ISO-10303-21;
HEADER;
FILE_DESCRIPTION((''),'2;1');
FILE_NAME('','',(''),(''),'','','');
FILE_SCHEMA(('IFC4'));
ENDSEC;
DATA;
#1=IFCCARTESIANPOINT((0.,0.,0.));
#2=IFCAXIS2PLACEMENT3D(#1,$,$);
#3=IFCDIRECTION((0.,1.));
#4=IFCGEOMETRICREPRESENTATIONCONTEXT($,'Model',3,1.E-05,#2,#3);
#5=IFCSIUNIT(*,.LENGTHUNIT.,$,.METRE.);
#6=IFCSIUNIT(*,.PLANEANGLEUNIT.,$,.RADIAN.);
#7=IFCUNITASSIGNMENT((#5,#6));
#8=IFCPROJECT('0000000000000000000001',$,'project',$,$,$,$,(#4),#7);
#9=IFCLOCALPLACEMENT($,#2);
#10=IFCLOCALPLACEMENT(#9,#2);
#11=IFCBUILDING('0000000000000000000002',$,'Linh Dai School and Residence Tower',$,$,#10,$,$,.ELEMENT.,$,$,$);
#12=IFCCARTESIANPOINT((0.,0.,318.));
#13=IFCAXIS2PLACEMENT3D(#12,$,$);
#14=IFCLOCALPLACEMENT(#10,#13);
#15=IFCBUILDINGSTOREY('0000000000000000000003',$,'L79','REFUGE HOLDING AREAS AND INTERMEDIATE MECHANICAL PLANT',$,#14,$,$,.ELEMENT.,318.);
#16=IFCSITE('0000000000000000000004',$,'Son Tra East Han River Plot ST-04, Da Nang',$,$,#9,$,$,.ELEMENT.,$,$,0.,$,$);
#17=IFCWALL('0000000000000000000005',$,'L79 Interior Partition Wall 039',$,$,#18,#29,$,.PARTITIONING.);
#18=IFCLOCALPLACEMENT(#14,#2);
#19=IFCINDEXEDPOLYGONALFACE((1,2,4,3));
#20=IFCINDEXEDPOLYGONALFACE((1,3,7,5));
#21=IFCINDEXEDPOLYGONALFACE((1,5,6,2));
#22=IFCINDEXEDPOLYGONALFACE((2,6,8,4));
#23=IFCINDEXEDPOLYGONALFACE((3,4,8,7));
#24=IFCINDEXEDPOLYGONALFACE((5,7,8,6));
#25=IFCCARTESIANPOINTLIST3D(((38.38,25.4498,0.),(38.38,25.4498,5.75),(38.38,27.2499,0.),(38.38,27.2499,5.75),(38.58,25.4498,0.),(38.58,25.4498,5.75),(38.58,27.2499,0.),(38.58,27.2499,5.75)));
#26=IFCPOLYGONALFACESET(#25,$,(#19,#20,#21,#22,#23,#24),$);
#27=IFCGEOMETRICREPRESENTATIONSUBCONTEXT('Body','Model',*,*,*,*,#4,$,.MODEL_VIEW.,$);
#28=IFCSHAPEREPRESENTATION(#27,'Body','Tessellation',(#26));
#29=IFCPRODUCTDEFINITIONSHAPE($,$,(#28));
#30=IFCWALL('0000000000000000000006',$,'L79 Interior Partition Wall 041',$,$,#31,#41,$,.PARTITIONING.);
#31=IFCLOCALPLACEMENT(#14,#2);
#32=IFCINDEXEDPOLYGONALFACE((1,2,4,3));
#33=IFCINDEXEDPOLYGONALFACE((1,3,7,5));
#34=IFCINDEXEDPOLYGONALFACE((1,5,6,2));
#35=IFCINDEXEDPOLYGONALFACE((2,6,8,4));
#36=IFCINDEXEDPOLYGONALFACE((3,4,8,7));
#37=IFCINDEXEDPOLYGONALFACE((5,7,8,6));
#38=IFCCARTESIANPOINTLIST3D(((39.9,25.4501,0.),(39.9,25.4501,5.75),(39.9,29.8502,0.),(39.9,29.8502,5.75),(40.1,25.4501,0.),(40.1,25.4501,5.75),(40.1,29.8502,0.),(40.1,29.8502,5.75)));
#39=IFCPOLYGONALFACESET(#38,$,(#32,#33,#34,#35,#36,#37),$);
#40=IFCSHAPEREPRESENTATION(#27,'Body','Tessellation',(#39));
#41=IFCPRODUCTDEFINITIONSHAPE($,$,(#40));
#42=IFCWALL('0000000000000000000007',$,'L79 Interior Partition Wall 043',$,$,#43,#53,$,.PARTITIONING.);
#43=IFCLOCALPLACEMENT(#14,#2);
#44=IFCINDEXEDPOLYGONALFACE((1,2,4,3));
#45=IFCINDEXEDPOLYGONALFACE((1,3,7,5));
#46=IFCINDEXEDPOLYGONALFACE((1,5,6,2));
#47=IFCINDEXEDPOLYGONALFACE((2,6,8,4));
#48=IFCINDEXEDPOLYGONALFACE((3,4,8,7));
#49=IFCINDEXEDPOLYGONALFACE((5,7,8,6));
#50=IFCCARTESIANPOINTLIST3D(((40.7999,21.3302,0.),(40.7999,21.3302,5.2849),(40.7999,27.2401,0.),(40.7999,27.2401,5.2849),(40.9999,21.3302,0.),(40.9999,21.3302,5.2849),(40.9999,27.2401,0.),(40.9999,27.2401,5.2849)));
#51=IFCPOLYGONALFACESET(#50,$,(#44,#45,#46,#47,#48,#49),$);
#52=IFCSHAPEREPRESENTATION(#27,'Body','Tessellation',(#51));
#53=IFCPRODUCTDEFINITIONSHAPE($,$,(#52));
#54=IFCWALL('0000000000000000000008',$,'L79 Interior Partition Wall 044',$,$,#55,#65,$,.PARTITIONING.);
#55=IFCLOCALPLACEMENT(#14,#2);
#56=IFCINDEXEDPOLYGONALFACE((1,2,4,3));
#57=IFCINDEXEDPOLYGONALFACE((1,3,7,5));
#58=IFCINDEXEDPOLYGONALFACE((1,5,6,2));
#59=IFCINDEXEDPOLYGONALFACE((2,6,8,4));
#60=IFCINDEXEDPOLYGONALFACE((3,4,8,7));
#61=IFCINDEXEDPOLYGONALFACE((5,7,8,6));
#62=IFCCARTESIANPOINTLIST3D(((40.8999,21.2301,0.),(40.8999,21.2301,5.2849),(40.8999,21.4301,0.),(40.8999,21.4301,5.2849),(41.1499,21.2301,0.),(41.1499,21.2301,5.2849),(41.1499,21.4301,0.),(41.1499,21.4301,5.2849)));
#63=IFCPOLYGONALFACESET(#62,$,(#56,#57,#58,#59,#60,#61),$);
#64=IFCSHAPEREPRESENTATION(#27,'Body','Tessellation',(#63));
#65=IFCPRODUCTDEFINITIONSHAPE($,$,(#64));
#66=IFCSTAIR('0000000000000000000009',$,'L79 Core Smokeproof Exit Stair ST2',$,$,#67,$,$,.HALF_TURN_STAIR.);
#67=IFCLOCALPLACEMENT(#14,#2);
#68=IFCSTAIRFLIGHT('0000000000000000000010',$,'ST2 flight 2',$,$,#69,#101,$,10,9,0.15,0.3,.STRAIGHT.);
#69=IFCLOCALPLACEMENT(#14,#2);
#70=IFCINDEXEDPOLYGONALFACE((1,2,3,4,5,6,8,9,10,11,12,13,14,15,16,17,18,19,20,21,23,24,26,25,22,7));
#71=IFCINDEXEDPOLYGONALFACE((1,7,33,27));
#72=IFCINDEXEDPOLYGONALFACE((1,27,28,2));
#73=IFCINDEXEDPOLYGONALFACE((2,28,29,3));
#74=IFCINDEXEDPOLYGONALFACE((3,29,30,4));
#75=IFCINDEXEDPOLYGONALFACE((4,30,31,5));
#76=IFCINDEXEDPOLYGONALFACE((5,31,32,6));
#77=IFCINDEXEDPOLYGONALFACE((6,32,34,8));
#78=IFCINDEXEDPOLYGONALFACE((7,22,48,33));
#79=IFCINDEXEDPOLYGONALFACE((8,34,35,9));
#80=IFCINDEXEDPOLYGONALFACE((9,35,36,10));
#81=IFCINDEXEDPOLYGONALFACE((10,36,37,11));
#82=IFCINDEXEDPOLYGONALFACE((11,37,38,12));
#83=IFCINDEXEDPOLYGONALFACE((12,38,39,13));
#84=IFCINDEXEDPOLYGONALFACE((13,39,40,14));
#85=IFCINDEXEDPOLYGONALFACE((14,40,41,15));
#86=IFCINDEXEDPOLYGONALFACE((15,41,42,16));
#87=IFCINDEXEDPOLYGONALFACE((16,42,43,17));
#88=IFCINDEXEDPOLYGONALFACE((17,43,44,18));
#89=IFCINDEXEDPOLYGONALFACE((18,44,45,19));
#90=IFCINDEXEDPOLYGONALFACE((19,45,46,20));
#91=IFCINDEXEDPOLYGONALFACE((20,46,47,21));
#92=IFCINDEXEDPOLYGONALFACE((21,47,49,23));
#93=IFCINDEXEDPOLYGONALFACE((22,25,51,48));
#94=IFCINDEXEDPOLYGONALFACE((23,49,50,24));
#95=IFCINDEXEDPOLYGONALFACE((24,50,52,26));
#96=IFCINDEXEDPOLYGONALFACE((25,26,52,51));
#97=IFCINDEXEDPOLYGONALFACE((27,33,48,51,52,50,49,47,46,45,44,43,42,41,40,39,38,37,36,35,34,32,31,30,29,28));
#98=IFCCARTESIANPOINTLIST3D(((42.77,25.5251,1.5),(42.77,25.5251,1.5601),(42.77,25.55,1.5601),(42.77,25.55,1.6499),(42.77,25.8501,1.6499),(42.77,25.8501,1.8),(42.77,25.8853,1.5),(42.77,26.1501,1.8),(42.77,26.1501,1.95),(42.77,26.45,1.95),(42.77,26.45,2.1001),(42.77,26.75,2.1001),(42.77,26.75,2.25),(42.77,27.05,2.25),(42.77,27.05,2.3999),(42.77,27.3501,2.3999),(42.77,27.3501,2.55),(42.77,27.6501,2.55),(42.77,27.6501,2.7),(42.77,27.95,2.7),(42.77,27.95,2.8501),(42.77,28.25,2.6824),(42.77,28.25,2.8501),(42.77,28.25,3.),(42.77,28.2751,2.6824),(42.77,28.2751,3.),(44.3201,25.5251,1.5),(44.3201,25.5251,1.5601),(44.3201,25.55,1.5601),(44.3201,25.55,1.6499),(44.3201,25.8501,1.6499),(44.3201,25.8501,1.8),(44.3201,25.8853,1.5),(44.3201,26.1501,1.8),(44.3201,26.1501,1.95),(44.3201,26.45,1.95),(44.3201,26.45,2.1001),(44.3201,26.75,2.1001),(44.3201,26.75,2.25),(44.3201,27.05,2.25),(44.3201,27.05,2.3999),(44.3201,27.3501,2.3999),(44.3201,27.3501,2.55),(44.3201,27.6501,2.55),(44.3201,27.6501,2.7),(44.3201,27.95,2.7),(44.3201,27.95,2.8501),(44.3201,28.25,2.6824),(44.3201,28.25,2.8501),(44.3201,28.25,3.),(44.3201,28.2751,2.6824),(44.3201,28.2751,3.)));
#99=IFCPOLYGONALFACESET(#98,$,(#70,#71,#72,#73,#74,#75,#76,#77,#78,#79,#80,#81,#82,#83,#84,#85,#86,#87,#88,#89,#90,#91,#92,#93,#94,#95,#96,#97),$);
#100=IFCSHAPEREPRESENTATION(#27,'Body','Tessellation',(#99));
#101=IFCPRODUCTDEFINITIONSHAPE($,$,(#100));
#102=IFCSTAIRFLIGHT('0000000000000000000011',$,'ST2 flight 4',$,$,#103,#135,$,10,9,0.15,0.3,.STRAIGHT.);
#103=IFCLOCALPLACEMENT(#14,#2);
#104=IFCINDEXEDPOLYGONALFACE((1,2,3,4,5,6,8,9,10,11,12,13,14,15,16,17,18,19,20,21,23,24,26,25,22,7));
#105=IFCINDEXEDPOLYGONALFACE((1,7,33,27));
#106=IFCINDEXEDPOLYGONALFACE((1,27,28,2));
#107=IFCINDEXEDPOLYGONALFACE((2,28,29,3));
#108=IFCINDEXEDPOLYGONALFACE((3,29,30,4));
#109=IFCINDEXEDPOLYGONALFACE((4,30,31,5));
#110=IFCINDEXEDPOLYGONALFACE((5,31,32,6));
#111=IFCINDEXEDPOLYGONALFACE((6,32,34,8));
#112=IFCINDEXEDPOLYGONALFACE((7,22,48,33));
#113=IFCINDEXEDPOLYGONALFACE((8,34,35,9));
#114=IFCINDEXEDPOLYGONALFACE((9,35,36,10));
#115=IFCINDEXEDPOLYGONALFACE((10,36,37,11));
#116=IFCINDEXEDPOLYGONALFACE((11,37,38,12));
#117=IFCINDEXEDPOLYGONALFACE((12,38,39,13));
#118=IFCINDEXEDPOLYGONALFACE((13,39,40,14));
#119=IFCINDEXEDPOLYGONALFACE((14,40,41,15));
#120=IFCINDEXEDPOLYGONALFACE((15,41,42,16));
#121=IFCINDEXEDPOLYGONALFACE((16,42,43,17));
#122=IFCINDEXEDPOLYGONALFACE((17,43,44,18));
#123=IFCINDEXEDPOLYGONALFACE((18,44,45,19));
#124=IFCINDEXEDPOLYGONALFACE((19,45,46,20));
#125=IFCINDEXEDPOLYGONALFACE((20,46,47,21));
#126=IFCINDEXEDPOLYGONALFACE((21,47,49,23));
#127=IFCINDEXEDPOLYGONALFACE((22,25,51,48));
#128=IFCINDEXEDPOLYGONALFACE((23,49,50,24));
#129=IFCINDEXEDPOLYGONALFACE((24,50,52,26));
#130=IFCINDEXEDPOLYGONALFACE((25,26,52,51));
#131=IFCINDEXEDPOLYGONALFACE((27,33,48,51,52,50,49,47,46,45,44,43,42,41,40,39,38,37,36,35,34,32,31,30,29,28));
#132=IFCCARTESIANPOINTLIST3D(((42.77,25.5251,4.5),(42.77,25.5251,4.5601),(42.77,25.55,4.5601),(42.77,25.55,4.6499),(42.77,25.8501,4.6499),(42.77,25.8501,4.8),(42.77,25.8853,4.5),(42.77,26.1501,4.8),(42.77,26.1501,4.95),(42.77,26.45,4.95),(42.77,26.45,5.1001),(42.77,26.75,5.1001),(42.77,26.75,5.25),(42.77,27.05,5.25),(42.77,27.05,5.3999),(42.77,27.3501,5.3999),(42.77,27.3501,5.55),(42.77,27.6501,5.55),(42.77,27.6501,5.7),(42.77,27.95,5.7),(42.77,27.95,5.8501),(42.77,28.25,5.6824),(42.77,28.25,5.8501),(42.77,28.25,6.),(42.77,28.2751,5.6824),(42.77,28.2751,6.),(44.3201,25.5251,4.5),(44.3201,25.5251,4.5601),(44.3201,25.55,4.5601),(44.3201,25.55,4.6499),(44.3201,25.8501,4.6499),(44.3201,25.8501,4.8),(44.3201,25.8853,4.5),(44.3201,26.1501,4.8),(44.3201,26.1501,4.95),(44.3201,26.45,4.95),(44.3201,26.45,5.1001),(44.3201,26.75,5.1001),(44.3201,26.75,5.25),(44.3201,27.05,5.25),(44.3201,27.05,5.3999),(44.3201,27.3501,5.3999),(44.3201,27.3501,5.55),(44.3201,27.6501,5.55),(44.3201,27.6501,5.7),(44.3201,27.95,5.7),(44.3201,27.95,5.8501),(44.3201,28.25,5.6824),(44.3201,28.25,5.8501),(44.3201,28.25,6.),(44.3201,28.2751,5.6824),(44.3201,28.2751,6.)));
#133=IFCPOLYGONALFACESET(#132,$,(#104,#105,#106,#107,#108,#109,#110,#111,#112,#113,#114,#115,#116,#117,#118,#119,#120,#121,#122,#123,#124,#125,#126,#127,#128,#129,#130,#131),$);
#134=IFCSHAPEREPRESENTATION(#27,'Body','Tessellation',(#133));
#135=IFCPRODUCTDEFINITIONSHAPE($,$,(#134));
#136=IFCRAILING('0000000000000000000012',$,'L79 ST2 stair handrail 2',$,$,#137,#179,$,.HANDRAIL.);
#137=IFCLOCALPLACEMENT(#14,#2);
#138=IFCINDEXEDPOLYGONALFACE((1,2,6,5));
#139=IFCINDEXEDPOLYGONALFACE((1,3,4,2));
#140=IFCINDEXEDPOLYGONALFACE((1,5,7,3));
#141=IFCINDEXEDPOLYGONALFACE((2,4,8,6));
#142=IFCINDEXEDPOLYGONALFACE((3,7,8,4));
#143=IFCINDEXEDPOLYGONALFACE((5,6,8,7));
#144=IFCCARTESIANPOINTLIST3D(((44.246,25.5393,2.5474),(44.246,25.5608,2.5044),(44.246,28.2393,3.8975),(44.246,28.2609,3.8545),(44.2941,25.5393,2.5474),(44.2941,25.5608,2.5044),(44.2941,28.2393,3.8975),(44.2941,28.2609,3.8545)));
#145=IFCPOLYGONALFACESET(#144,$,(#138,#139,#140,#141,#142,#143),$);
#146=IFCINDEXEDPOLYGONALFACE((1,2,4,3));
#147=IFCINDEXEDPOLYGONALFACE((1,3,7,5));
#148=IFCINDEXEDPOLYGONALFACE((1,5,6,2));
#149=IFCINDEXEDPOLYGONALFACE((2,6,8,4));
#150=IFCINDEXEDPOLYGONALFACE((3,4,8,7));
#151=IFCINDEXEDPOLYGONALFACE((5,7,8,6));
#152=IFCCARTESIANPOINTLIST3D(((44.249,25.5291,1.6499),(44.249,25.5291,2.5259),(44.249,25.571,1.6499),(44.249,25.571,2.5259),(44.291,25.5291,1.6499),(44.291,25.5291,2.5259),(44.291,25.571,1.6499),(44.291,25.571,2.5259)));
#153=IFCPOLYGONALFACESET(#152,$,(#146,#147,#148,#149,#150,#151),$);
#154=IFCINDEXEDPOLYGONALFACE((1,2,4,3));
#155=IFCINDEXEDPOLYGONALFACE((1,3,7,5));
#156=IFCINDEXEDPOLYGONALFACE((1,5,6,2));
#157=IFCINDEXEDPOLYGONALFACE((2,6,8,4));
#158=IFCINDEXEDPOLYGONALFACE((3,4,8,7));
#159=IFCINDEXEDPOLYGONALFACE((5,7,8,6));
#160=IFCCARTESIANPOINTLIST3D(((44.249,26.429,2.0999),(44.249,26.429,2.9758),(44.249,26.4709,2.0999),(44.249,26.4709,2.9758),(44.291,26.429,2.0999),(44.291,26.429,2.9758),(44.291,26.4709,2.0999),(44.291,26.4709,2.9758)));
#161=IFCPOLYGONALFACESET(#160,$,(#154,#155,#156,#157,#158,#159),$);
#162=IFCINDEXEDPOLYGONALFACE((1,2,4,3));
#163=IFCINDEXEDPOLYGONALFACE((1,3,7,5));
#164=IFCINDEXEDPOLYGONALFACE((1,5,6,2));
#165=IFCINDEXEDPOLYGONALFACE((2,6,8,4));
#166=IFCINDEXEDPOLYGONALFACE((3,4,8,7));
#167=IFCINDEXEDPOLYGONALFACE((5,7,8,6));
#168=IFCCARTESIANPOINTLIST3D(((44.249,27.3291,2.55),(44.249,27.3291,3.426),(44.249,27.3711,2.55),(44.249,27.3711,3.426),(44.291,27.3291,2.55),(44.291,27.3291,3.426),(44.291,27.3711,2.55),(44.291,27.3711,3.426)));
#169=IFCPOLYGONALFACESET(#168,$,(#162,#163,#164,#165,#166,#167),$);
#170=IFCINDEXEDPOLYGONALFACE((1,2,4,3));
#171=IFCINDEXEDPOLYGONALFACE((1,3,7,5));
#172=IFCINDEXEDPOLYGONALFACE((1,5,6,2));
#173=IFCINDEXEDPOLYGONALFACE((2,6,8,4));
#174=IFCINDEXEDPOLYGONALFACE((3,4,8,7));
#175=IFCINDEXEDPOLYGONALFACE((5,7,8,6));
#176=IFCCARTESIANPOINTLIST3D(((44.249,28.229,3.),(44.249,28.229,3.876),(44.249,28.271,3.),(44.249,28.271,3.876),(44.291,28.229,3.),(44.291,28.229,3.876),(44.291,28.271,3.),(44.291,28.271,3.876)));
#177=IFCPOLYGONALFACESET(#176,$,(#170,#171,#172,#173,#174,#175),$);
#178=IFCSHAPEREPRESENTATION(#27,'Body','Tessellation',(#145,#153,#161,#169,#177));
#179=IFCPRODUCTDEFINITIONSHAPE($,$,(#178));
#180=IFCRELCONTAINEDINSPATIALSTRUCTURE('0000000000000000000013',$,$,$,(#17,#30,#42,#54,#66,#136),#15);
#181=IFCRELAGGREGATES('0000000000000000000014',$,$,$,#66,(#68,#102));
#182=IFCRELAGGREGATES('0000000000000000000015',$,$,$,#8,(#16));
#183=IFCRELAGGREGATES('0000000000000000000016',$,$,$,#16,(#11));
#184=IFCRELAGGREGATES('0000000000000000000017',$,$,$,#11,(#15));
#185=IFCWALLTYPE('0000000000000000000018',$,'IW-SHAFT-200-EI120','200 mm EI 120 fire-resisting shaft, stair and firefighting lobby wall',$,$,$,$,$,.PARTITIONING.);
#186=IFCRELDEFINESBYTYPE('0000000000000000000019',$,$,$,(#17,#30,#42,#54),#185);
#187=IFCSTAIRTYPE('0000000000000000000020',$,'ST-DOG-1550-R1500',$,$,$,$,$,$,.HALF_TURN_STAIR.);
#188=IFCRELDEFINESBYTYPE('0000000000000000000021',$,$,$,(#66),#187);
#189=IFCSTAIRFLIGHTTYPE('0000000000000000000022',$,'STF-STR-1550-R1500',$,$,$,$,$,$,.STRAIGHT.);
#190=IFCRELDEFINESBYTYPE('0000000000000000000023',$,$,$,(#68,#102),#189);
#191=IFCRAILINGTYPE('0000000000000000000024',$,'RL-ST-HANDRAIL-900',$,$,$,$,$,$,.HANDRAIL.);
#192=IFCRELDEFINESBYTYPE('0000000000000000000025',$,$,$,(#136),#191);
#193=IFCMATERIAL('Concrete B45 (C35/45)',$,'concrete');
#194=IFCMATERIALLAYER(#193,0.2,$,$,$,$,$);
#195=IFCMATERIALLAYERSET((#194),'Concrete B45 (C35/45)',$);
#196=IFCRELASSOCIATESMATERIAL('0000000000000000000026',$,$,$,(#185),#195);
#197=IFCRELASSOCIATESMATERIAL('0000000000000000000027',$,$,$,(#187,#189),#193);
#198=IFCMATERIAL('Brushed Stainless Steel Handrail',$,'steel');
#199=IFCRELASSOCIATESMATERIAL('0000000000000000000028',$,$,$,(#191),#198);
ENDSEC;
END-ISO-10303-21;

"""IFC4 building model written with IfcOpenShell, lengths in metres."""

from ifc_helpers import new_model, si_unit, direction, frame, frame_2d, origin, origin_2d, place, context, subcontext, project, spatial, polyline, rectangle, outline, extrude, source, transform, mapped, material, layer, layer_set, type_object, element, aggregate, save


model = new_model("IFC4")

# Units and contexts
model_context = context("Model", 3, precision=1e-05, world=origin(), true_north=direction((0.0, 1.0)))
body_context = subcontext(model_context, "Body", "Model", "MODEL_VIEW")
ifc_project = project(units=[si_unit("LENGTHUNIT", "METRE"), si_unit("PLANEANGLEUNIT", "RADIAN")], contexts=[model_context])

# Site, building, storey
site_placement = place(None, origin())
site = spatial("IfcSite", under=ifc_project, at=site_placement, Name="Son Tra East Han River Plot ST-04, Da Nang", CompositionType="ELEMENT", RefElevation=0.0)
building_placement = place(site_placement, origin())
building = spatial("IfcBuilding", under=site, at=building_placement, Name="Linh Dai School and Residence Tower", CompositionType="ELEMENT")
storey_placement = place(building_placement, frame((0.0, 0.0, 318.0)))
storey = spatial("IfcBuildingStorey", under=building, at=storey_placement, Name="L79", Description="REFUGE HOLDING AREAS AND INTERMEDIATE MECHANICAL PLANT", CompositionType="ELEMENT", Elevation=318.0)

# Walls
ifc_material_1 = material(Name="Concrete B45 (C35/45)", Category="concrete")
ifc_layer_1 = layer(ifc_material_1, 0.2)
ifc_layer_set_1 = layer_set([ifc_layer_1], Name="Concrete B45 (C35/45)")
wall_type_1 = type_object("IfcWallType", Name="IW-SHAFT-200-EI120", Description="200 mm EI 120 fire-resisting shaft, stair and firefighting lobby wall", PredefinedType="PARTITIONING", material=ifc_layer_set_1)
for number, where, z_axis, x_axis, name in (
    (1, (38.48, 25.45, 0.0), (0.0, 0.0, 1.0), (0.0, 1.0, 0.0), "L79 Interior Partition Wall 039"),
):
    element("IfcWall", number, at=place(storey_placement, frame(where, z_axis=z_axis, x_axis=x_axis)), inside=storey, type_object=wall_type_1, Name=name, PredefinedType="PARTITIONING", context=body_context, shape_type="SweptSolid", body=[
        extrude(rectangle(XDim=1.8, YDim=0.2, at=frame_2d((0.8999, 0.0))), origin(), (0.0, 0.0, 1.0), 5.75),
    ])
wall_1_placement = place(storey_placement, frame((40.0, 25.45, 0.0), z_axis=(0.0, 0.0, 1.0), x_axis=(0.0, 1.0, 0.0)))
element("IfcWall", 2, at=wall_1_placement, inside=storey, type_object=wall_type_1, Name="L79 Interior Partition Wall 041", PredefinedType="PARTITIONING", context=body_context, shape_type="SweptSolid", body=[
    extrude(rectangle(XDim=4.4001, YDim=0.2, at=frame_2d((2.2002, 0.0))), origin(), (0.0, 0.0, 1.0), 5.75),
])
wall_2_placement = place(storey_placement, frame((40.8999, 21.3301, 0.0), z_axis=(0.0, 0.0, 1.0), x_axis=(0.0, 1.0, 0.0)))
element("IfcWall", 3, at=wall_2_placement, inside=storey, type_object=wall_type_1, Name="L79 Interior Partition Wall 043", PredefinedType="PARTITIONING", context=body_context, shape_type="SweptSolid", body=[
    extrude(rectangle(XDim=5.9099, YDim=0.2, at=frame_2d((2.9551, 0.0))), origin(), (0.0, 0.0, 1.0), 5.2849),
])
wall_3_placement = place(storey_placement, frame((40.8999, 21.3301, 0.0), z_axis=(0.0, 0.0, 1.0), x_axis=(1.0, 0.0, 0.0)))
element("IfcWall", 4, at=wall_3_placement, inside=storey, type_object=wall_type_1, Name="L79 Interior Partition Wall 044", PredefinedType="PARTITIONING", context=body_context, shape_type="SweptSolid", body=[
    extrude(rectangle(XDim=0.25, YDim=0.2, at=frame_2d((0.125, 0.0))), origin(), (0.0, 0.0, 1.0), 5.2849),
])

# Stair, stair flights
stair_type = type_object("IfcStairType", Name="ST-DOG-1550-R1500", PredefinedType="HALF_TURN_STAIR", material=ifc_material_1)
stair_placement = place(storey_placement, origin())
stair = element("IfcStair", 5, at=stair_placement, inside=storey, type_object=stair_type, Name="L79 Core Smokeproof Exit Stair ST2", PredefinedType="HALF_TURN_STAIR")
stair_flight_type = type_object("IfcStairFlightType", Name="STF-STR-1550-R1500", PredefinedType="STRAIGHT", material=ifc_material_1)
shared_shape_1 = source(origin(), body_context, "Body", "SweptSolid", [
    extrude(outline(polyline([(-0.0249, 0.0), (-0.0249, 0.0601), (0.0, 0.0601), (0.0, 0.1499), (0.3, 0.1499), (0.3, 0.3), (0.6001, 0.3), (0.6001, 0.45), (0.8999, 0.45), (0.8999, 0.6001), (1.2, 0.6001), (1.2, 0.75), (1.5, 0.75), (1.5, 0.8999), (1.8, 0.8999), (1.8, 1.05), (2.1001, 1.05), (2.1001, 1.2), (2.3999, 1.2), (2.3999, 1.3501), (2.7, 1.3501), (2.7, 1.5), (2.7251, 1.5), (2.7251, 1.1824), (2.7, 1.1824), (0.3352, 0.0), (-0.0249, 0.0)])), frame((0.0, 0.7749, 0.0), z_axis=(0.0, -1.0, 0.0), x_axis=(1.0, 0.0, 0.0)), (0.0, 0.0, 1.0), 1.55),
])
stair_flight_1_placement = place(storey_placement, frame((43.5449, 25.55, 1.5), z_axis=(0.0, 0.0, 1.0), x_axis=(0.0, 1.0, 0.0)))
stair_flight_1 = element("IfcStairFlight", 6, at=stair_flight_1_placement, type_object=stair_flight_type, Name="ST2 flight 2", NumberOfRisers=10, NumberOfTreads=9, PredefinedType="STRAIGHT", RiserHeight=0.15, TreadLength=0.3, context=body_context, shape_type="MappedRepresentation", body=[
    mapped(shared_shape_1, transform((0.0, 0.0, 0.0), x_axis=(1.0, 0.0, 0.0), y_axis=(0.0, 1.0, 0.0), z_axis=(0.0, 0.0, 1.0), scale=1.0)),
])
stair_flight_2_placement = place(storey_placement, frame((43.5449, 25.55, 4.5), z_axis=(0.0, 0.0, 1.0), x_axis=(0.0, 1.0, 0.0)))
stair_flight_2 = element("IfcStairFlight", 7, at=stair_flight_2_placement, type_object=stair_flight_type, Name="ST2 flight 4", NumberOfRisers=10, NumberOfTreads=9, PredefinedType="STRAIGHT", RiserHeight=0.15, TreadLength=0.3, context=body_context, shape_type="MappedRepresentation", body=[
    mapped(shared_shape_1, transform((0.0, 0.0, 0.0), x_axis=(1.0, 0.0, 0.0), y_axis=(0.0, 1.0, 0.0), z_axis=(0.0, 0.0, 1.0), scale=1.0)),
])
aggregate(stair, [stair_flight_1, stair_flight_2])

# Railing
ifc_material_2 = material(Name="Brushed Stainless Steel Handrail", Category="steel")
railing_type_1 = type_object("IfcRailingType", Name="RL-ST-HANDRAIL-900", PredefinedType="HANDRAIL", material=ifc_material_2)
shared_shape_2 = source(origin(), body_context, "Body", "SweptSolid", [
    extrude(rectangle(XDim=0.0481, YDim=0.0481, at=origin_2d()), frame((0.0, 0.0, 0.876), z_axis=(0.0, 0.894411, 0.447246), x_axis=(-1.0, 0.0, 0.0)), (0.0, 0.0, 1.0), 3.0188),
    extrude(rectangle(XDim=0.042, YDim=0.042, at=origin_2d()), origin(), (0.0, 0.0, 1.0), 0.876),
    extrude(rectangle(XDim=0.042, YDim=0.042, at=origin_2d()), frame((0.0, 0.8999, 0.45)), (0.0, 0.0, 1.0), 0.876),
    extrude(rectangle(XDim=0.042, YDim=0.042, at=origin_2d()), frame((0.0, 1.8, 0.9001)), (0.0, 0.0, 1.0), 0.876),
    extrude(rectangle(XDim=0.042, YDim=0.042, at=origin_2d()), frame((0.0, 2.7, 1.3501)), (0.0, 0.0, 1.0), 0.876),
])
for number, where, name in (
    (8, (44.27, 25.55, 1.6499), "L79 ST2 stair handrail 2"),
):
    element("IfcRailing", number, at=place(storey_placement, frame(where)), inside=storey, type_object=railing_type_1, Name=name, PredefinedType="HANDRAIL", context=body_context, shape_type="MappedRepresentation", body=[
        mapped(shared_shape_2, transform((0.0, 0.0, 0.0), x_axis=(1.0, 0.0, 0.0), y_axis=(0.0, 1.0, 0.0), z_axis=(0.0, 0.0, 1.0), scale=1.0)),
    ])

save(model, "model.ifc")
